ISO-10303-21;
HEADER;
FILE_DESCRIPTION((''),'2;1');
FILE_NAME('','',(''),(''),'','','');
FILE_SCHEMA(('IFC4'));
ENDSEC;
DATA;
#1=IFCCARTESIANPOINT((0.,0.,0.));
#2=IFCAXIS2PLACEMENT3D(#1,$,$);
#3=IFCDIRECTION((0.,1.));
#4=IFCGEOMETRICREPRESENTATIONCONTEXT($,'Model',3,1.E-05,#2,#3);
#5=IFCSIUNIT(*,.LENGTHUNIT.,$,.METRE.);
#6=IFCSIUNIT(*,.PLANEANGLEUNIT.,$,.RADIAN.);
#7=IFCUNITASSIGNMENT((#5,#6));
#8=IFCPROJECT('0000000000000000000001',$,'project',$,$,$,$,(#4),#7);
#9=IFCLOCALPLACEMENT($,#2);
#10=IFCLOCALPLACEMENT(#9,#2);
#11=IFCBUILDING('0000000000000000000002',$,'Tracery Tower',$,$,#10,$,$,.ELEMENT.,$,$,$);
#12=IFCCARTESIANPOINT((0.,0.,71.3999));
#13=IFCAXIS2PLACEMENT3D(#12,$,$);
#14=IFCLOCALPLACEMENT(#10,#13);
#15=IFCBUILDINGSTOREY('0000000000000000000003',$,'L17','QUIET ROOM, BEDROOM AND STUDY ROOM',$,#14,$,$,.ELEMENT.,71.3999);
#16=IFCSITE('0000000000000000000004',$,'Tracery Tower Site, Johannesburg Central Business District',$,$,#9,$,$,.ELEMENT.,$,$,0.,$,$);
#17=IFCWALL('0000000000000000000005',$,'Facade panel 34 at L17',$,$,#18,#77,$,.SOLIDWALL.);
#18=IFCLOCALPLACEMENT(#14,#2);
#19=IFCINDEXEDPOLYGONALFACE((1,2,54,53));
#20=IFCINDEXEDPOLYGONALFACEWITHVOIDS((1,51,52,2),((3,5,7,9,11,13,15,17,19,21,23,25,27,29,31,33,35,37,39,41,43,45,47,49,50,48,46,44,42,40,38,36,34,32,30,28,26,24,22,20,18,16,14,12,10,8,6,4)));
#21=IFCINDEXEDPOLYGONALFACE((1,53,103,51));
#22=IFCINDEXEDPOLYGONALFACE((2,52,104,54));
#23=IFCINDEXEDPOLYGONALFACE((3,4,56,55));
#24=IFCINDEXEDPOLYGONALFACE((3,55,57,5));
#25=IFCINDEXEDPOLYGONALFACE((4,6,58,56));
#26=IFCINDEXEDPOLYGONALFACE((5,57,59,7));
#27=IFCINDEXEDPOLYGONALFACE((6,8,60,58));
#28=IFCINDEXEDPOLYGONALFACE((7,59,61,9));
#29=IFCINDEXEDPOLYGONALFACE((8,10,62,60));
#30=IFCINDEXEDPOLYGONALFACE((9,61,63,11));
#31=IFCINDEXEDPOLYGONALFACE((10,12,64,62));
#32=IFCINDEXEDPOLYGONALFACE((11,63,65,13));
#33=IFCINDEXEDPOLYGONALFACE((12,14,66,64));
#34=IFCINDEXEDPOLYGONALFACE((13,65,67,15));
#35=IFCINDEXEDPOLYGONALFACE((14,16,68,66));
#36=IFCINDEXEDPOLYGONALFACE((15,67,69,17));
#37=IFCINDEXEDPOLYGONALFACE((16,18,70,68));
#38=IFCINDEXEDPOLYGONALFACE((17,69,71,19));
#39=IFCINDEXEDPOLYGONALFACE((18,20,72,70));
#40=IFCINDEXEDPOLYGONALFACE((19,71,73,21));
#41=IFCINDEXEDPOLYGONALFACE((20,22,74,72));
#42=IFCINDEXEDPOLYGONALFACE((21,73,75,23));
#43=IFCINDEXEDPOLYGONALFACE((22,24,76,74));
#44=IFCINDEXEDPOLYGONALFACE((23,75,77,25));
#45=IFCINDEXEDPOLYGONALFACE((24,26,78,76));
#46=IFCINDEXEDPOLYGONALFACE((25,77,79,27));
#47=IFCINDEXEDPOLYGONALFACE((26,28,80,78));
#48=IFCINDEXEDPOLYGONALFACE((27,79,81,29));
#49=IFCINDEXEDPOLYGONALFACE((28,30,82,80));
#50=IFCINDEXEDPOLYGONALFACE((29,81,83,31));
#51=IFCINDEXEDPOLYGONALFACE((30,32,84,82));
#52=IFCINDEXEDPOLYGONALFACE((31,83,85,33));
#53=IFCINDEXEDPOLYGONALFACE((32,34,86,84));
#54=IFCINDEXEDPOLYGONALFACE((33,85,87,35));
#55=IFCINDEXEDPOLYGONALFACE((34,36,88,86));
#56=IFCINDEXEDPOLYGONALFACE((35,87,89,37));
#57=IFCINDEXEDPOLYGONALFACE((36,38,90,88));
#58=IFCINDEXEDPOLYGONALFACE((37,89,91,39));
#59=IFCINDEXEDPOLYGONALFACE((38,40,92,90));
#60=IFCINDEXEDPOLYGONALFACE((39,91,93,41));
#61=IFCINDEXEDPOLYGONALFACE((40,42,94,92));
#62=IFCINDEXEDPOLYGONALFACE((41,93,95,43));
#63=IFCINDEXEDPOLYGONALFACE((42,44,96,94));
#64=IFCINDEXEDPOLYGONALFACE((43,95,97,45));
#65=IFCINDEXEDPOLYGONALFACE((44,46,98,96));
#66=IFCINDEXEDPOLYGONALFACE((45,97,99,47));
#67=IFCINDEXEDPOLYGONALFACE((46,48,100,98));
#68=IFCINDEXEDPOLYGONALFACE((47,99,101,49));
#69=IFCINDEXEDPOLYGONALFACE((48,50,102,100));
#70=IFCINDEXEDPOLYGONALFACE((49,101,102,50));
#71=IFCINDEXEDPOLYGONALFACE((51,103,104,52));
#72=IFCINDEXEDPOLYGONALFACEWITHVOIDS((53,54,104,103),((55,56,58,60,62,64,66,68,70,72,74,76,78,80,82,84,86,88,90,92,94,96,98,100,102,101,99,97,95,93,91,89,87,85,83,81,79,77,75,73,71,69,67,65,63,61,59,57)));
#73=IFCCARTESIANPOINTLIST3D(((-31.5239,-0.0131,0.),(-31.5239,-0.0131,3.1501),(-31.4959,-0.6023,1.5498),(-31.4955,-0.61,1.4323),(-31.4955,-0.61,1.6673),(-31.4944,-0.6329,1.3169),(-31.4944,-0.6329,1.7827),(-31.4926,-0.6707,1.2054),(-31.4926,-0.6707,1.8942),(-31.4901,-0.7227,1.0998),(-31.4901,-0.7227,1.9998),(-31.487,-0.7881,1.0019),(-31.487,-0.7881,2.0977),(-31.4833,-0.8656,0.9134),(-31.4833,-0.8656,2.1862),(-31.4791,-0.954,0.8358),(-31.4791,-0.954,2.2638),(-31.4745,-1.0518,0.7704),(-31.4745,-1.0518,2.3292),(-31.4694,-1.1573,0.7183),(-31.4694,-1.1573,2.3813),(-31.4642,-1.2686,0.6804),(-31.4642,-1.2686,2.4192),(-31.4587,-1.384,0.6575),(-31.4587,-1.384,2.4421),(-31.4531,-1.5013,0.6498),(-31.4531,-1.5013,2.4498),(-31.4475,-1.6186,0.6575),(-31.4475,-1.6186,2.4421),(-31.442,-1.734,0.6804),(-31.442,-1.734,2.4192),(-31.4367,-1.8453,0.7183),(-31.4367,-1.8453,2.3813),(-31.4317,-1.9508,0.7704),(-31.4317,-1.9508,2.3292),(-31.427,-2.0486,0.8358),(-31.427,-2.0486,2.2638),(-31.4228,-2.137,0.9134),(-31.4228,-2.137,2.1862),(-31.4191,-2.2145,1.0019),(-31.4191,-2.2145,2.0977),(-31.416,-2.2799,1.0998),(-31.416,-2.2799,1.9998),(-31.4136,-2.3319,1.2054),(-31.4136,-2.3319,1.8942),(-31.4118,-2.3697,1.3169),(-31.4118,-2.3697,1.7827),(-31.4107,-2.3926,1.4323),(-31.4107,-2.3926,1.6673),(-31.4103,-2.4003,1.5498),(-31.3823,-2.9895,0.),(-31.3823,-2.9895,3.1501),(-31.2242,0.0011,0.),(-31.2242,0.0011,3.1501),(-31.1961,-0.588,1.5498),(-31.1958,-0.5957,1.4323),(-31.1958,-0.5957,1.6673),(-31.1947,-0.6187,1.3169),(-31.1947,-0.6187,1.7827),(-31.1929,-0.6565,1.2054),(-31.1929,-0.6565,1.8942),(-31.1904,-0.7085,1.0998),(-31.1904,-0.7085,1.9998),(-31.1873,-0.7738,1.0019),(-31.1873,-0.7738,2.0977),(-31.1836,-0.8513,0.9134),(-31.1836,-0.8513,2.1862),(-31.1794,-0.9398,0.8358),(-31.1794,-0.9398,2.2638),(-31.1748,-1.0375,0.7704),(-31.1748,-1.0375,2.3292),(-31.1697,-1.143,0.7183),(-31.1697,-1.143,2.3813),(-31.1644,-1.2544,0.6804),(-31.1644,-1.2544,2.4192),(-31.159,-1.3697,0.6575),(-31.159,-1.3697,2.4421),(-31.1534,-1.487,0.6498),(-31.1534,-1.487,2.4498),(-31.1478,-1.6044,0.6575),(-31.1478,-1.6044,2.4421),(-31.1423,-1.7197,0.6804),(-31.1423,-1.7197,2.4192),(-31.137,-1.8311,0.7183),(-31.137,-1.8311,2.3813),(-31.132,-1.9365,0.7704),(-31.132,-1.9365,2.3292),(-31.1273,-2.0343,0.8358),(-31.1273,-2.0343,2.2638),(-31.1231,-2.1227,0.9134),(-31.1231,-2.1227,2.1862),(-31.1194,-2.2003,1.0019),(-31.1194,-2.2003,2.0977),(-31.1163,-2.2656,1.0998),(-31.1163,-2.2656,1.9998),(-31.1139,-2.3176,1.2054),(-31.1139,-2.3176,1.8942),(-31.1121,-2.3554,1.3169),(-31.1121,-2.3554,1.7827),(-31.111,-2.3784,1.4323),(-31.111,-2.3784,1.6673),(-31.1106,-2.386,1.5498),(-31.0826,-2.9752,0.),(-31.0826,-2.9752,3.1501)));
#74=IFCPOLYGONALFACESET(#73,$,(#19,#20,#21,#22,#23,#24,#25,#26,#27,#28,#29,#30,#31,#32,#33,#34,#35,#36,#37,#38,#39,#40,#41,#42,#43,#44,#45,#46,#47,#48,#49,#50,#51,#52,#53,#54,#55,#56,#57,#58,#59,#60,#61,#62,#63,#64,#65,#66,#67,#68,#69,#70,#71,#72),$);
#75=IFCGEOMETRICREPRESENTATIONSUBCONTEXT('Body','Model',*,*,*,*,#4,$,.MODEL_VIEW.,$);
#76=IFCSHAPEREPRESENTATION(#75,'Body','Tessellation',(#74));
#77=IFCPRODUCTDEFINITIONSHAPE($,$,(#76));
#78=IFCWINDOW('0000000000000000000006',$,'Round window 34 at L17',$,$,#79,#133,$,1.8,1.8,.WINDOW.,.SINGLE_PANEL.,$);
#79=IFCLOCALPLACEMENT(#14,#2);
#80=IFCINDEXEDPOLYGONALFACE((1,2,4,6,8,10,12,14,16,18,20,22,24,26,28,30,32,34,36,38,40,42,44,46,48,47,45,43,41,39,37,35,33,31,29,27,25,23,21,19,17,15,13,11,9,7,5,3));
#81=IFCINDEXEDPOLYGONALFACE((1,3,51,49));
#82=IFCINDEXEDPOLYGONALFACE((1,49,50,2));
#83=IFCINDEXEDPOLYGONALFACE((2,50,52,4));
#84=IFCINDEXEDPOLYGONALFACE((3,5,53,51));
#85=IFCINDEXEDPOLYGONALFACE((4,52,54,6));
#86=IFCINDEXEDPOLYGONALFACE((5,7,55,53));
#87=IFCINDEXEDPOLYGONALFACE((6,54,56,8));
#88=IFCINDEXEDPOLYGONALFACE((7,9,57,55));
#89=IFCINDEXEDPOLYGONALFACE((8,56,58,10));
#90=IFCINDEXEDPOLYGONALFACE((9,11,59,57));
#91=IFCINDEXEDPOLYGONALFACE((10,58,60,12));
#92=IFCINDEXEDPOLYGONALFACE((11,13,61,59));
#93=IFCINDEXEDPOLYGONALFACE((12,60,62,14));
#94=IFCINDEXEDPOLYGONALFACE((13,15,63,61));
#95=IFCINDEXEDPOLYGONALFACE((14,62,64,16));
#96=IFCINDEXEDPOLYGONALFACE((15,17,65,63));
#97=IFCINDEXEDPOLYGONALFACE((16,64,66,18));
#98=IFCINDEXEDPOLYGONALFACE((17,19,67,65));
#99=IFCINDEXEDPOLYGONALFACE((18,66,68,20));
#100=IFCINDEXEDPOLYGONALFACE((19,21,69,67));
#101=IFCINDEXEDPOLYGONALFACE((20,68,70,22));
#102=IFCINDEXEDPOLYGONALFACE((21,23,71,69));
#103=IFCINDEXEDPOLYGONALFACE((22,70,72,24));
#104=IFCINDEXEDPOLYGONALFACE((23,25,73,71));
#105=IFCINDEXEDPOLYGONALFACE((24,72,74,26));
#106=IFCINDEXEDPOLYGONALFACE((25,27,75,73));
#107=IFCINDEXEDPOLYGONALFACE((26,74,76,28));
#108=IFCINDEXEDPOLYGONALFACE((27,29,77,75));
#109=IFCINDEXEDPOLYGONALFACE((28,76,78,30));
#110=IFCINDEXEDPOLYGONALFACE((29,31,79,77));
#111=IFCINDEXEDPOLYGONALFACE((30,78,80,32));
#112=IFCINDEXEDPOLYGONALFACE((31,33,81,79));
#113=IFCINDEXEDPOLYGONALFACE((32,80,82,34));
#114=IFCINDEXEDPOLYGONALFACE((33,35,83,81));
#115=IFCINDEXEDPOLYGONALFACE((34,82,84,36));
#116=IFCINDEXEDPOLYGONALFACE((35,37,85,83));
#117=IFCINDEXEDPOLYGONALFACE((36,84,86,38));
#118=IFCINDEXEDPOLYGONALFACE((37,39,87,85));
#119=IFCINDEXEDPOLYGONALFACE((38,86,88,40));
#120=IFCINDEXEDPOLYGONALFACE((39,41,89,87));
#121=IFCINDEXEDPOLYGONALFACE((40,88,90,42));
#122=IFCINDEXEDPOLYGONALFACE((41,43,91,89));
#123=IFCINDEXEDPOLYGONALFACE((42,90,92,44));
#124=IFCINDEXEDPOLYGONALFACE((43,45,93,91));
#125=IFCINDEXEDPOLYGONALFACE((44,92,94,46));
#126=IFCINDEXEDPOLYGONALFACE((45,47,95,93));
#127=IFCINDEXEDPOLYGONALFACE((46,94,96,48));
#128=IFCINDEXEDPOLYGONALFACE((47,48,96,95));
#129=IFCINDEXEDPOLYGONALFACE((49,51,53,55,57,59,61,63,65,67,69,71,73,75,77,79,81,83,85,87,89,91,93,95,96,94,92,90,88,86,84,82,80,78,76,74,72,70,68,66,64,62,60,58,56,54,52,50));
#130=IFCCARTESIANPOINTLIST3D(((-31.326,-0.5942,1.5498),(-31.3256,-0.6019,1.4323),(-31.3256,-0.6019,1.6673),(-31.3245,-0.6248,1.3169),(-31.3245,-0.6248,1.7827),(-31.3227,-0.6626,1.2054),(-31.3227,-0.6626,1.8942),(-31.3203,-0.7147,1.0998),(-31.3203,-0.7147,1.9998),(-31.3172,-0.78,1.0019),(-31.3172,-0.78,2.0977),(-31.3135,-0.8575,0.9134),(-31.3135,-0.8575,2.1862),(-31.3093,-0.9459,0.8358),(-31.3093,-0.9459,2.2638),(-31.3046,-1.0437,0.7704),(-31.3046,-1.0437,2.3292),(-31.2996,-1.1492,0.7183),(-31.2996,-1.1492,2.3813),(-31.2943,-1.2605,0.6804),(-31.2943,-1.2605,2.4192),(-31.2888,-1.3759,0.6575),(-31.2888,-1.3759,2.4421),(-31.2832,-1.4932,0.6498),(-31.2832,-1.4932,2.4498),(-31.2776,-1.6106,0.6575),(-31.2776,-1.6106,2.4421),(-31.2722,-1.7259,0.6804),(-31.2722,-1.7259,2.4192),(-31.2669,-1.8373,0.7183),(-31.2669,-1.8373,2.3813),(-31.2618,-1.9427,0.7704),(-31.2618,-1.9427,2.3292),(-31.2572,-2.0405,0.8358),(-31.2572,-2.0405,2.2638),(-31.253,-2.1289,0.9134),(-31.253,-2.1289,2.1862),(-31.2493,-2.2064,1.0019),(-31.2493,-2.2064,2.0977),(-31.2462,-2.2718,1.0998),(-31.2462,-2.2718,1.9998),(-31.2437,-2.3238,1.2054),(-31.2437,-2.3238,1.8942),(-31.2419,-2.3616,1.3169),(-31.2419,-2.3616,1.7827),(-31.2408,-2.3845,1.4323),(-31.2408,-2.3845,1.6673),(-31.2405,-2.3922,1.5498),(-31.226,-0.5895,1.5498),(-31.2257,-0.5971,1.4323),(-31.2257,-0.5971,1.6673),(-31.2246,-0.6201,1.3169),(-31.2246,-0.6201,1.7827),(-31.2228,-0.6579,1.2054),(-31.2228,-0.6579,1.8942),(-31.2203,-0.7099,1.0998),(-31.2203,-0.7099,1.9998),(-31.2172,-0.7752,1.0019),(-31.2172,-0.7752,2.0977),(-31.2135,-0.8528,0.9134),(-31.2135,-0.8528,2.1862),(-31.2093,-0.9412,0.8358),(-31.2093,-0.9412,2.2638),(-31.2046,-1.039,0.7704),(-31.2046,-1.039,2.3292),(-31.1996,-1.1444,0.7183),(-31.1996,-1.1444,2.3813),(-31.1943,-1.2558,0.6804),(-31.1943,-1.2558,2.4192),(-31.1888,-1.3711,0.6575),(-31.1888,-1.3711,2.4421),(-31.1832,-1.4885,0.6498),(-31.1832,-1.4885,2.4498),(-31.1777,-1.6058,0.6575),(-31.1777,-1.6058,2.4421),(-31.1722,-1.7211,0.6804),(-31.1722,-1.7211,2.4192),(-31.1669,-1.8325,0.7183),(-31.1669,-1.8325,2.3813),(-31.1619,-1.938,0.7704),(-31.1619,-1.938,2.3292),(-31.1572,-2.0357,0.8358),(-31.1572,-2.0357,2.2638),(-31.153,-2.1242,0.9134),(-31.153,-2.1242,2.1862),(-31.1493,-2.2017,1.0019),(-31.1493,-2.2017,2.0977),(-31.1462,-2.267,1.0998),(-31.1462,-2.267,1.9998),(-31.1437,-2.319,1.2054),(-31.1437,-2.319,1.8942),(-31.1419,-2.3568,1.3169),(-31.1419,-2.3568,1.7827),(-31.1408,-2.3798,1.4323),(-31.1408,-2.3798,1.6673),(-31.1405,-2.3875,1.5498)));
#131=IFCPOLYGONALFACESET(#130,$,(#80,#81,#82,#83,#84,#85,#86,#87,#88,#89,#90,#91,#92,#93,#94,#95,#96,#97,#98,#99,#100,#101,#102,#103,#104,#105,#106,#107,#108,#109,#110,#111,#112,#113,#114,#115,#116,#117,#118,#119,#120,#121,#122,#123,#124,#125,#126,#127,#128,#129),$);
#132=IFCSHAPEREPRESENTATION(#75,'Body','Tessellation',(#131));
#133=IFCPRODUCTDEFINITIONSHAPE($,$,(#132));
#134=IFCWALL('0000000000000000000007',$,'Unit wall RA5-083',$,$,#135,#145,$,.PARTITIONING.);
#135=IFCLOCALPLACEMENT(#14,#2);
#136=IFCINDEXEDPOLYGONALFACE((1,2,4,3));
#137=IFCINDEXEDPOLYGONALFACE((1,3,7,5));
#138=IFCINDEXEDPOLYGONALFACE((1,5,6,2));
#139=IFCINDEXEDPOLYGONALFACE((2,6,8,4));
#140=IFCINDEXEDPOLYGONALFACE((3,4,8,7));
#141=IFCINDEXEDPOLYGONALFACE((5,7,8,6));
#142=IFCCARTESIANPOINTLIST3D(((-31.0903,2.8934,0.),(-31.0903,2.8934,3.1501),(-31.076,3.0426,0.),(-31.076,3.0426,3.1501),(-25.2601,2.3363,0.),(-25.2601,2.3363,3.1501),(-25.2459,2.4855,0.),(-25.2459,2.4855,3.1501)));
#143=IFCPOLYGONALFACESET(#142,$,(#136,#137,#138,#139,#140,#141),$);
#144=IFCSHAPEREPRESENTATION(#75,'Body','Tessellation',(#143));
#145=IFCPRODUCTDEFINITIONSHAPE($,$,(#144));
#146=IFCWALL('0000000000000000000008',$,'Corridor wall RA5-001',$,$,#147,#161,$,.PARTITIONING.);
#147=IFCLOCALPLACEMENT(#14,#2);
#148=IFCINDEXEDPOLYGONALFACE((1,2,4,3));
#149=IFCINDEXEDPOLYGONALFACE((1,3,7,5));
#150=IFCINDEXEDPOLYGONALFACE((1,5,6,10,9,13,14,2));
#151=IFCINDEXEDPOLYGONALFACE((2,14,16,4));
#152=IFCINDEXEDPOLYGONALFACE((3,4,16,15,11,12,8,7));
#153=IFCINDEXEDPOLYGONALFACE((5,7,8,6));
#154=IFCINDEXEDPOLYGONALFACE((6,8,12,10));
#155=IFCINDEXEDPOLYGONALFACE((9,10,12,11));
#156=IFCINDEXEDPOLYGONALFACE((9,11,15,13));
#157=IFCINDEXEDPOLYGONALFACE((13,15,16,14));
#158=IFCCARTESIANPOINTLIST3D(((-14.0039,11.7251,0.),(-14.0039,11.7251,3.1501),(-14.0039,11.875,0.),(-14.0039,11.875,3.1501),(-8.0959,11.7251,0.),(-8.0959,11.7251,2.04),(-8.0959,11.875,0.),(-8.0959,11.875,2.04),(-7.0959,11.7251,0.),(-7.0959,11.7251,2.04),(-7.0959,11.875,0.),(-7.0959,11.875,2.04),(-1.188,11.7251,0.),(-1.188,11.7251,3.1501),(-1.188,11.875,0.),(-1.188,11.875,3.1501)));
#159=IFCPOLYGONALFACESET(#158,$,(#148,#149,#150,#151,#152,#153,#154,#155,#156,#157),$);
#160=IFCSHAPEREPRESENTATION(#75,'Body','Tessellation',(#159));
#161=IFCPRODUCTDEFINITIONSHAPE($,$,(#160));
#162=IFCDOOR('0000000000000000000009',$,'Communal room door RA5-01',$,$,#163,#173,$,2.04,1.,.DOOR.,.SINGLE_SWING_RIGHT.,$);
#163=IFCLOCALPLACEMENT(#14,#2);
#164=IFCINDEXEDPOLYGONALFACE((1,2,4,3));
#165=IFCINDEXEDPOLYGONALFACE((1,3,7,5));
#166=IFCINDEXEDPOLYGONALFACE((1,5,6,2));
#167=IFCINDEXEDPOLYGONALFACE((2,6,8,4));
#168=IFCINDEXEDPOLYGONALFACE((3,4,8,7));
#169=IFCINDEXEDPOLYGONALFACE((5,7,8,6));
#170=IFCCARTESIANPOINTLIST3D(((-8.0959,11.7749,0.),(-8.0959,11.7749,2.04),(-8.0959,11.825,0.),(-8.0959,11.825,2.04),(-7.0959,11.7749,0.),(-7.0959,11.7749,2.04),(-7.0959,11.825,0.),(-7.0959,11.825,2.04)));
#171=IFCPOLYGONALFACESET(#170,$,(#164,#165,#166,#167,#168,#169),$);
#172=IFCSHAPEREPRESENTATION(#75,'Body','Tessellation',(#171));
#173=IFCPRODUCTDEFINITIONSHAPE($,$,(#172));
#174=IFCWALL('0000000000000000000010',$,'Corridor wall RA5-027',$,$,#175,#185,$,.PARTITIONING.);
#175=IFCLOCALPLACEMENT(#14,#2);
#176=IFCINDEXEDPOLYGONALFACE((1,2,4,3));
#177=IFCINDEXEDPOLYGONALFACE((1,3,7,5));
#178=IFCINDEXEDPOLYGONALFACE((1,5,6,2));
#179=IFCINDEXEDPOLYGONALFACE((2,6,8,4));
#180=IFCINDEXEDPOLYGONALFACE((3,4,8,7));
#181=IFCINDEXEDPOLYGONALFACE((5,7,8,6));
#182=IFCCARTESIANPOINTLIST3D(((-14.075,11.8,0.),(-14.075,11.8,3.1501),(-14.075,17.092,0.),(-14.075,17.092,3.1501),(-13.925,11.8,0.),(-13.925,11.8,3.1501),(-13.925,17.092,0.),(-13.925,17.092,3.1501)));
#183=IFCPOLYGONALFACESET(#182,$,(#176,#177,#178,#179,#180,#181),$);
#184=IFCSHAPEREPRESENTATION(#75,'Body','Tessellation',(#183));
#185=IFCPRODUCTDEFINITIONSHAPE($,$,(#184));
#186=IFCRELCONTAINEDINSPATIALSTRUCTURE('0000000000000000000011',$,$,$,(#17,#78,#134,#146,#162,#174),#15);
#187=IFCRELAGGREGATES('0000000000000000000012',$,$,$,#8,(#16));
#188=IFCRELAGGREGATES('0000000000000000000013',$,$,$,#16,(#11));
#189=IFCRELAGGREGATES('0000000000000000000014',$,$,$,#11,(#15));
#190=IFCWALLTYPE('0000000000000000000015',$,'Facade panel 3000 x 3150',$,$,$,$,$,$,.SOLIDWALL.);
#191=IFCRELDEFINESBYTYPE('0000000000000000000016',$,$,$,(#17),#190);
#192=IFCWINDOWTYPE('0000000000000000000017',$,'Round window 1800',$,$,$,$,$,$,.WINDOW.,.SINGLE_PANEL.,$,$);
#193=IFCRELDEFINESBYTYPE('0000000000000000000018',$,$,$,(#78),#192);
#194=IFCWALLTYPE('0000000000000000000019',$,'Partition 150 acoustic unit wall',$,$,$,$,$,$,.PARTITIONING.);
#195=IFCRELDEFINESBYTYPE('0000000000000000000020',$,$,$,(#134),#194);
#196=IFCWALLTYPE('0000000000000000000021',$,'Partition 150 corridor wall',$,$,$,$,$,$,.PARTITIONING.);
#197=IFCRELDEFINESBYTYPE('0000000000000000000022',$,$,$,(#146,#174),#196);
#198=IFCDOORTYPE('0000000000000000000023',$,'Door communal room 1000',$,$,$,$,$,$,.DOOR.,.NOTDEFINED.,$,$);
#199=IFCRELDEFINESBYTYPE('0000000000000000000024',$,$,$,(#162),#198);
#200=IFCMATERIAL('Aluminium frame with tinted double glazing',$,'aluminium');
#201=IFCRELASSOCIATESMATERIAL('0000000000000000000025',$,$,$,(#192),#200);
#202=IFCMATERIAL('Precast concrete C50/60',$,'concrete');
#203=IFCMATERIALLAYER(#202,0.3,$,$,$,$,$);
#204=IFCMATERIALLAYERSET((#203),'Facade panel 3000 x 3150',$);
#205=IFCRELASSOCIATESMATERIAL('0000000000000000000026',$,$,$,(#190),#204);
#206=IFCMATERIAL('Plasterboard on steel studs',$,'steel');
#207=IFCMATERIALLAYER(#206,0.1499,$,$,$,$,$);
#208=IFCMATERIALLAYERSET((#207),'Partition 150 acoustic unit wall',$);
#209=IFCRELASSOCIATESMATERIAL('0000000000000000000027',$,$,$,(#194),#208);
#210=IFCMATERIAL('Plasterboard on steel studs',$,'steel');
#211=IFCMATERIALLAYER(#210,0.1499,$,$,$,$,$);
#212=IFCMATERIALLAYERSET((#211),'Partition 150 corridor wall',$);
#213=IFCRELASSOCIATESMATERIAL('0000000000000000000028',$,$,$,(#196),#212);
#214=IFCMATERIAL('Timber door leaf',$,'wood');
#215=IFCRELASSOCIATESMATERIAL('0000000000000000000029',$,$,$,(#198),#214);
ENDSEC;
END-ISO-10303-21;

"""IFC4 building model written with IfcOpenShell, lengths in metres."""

from ifc_helpers import new_model, si_unit, direction, frame, frame_2d, origin, origin_2d, place, context, subcontext, project, spatial, rectangle, circle, extrude, material, layer, layer_set, type_object, element, fill, save


model = new_model("IFC4")

# Units and contexts
model_context = context("Model", 3, precision=1e-05, world=origin(), true_north=direction((0.0, 1.0)))
body_context = subcontext(model_context, "Body", "Model", "MODEL_VIEW")
ifc_project = project(units=[si_unit("LENGTHUNIT", "METRE"), si_unit("PLANEANGLEUNIT", "RADIAN")], contexts=[model_context])

# Site, building, storey
site_placement = place(None, origin())
site = spatial("IfcSite", under=ifc_project, at=site_placement, Name="Tracery Tower Site, Johannesburg Central Business District", CompositionType="ELEMENT", RefElevation=0.0)
building_placement = place(site_placement, origin())
building = spatial("IfcBuilding", under=site, at=building_placement, Name="Tracery Tower", CompositionType="ELEMENT")
storey_placement = place(building_placement, frame((0.0, 0.0, 71.3999)))
storey = spatial("IfcBuildingStorey", under=building, at=storey_placement, Name="L17", Description="QUIET ROOM, BEDROOM AND STUDY ROOM", CompositionType="ELEMENT", Elevation=71.3999)

# Wall, opening, window
ifc_material_1 = material(Name="Aluminium frame with tinted double glazing", Category="aluminium")
window_type = type_object("IfcWindowType", Name="Round window 1800", PartitioningType="SINGLE_PANEL", PredefinedType="WINDOW", material=ifc_material_1)
ifc_material_2 = material(Name="Precast concrete C50/60", Category="concrete")
ifc_layer_1 = layer(ifc_material_2, 0.3)
ifc_layer_set_1 = layer_set([ifc_layer_1], Name="Facade panel 3000 x 3150")
wall_type_1 = type_object("IfcWallType", Name="Facade panel 3000 x 3150", PredefinedType="SOLIDWALL", material=ifc_layer_set_1)
wall_1_placement = place(storey_placement, frame((-31.374, -0.0061, 0.0), z_axis=(0.0, 0.0, 1.0), x_axis=(0.047522, -0.99887, 0.0)))
wall_1 = element("IfcWall", 1, at=wall_1_placement, inside=storey, type_object=wall_type_1, Name="Facade panel 34 at L17", PredefinedType="SOLIDWALL", context=body_context, shape_type="SweptSolid", body=[
    extrude(rectangle(XDim=2.9797, YDim=0.3, at=frame_2d((1.4897, 0.0))), origin(), (0.0, 0.0, 1.0), 3.1501),
])
opening_1_placement = place(wall_1_placement, frame((1.4897, 0.0, 1.5498)))
opening_1 = element("IfcOpeningElement", 2, at=opening_1_placement, cuts=wall_1, PredefinedType="OPENING", context=body_context, shape_type="SweptSolid", body=[
    extrude(circle(Radius=0.9, at=origin_2d()), frame((0.0, 0.1599, 0.0), z_axis=(0.0, -1.0, 0.0), x_axis=(1.0, 0.0, 0.0)), (0.0, 0.0, 1.0), 0.3201),
])
window_1_placement = place(opening_1_placement, origin())
window_1 = element("IfcWindow", 3, at=window_1_placement, inside=storey, type_object=window_type, Name="Round window 34 at L17", OverallHeight=1.8, OverallWidth=1.8, PartitioningType="SINGLE_PANEL", PredefinedType="WINDOW", context=body_context, shape_type="SweptSolid", body=[
    extrude(circle(Radius=0.9, at=origin_2d()), frame((0.0, 0.1201, 0.0), z_axis=(0.0, -1.0, 0.0), x_axis=(1.0, 0.0, 0.0)), (0.0, 0.0, 1.0), 0.1001),
])
fill(opening_1, window_1)

# Wall
ifc_material_3 = material(Name="Plasterboard on steel studs", Category="steel")
ifc_layer_2 = layer(ifc_material_3, 0.1499)
ifc_layer_set_2 = layer_set([ifc_layer_2], Name="Partition 150 acoustic unit wall")
wall_type_2 = type_object("IfcWallType", Name="Partition 150 acoustic unit wall", PredefinedType="PARTITIONING", material=ifc_layer_set_2)
wall_2_placement = place(storey_placement, frame((-31.083, 2.968, 0.0), z_axis=(0.0, 0.0, 1.0), x_axis=(0.995465, -0.095128, 0.0)))
element("IfcWall", 4, at=wall_2_placement, inside=storey, type_object=wall_type_2, Name="Unit wall RA5-083", PredefinedType="PARTITIONING", context=body_context, shape_type="SweptSolid", body=[
    extrude(rectangle(XDim=5.8567, YDim=0.1499, at=frame_2d((2.9282, 0.0))), origin(), (0.0, 0.0, 1.0), 3.1501),
])

# Wall, opening, door
ifc_material_4 = material(Name="Plasterboard on steel studs", Category="steel")
ifc_layer_3 = layer(ifc_material_4, 0.1499)
ifc_layer_set_3 = layer_set([ifc_layer_3], Name="Partition 150 corridor wall")
wall_type_3 = type_object("IfcWallType", Name="Partition 150 corridor wall", PredefinedType="PARTITIONING", material=ifc_layer_set_3)
wall_3_placement = place(storey_placement, frame((-14.0039, 11.8, 0.0), z_axis=(0.0, 0.0, 1.0), x_axis=(1.0, 0.0, 0.0)))
wall_3 = element("IfcWall", 5, at=wall_3_placement, inside=storey, type_object=wall_type_3, Name="Corridor wall RA5-001", PredefinedType="PARTITIONING", context=body_context, shape_type="SweptSolid", body=[
    extrude(rectangle(XDim=12.8159, YDim=0.1499, at=frame_2d((6.408, 0.0))), origin(), (0.0, 0.0, 1.0), 3.1501),
])
opening_2_placement = place(wall_3_placement, frame((5.908, 0.0, 0.0)))
opening_2 = element("IfcOpeningElement", 6, at=opening_2_placement, cuts=wall_3, PredefinedType="OPENING", context=body_context, shape_type="SweptSolid", body=[
    extrude(rectangle(XDim=1.0, YDim=2.04, at=frame_2d((0.5, 1.02))), frame((0.0, 0.075, 0.0), z_axis=(0.0, -1.0, 0.0), x_axis=(1.0, 0.0, 0.0)), (0.0, 0.0, 1.0), 0.1499),
])
ifc_material_5 = material(Name="Timber door leaf", Category="wood")
door_type_1 = type_object("IfcDoorType", Name="Door communal room 1000", OperationType="NOTDEFINED", PredefinedType="DOOR", material=ifc_material_5)
door_1_placement = place(opening_2_placement, origin())
door_1 = element("IfcDoor", 7, at=door_1_placement, inside=storey, type_object=door_type_1, Name="Communal room door RA5-01", OperationType="SINGLE_SWING_RIGHT", OverallHeight=2.04, OverallWidth=1.0, PredefinedType="DOOR", context=body_context, shape_type="SweptSolid", body=[
    extrude(rectangle(XDim=1.0, YDim=2.04, at=frame_2d((0.5, 1.02))), frame((0.0, 0.0249, 0.0), z_axis=(0.0, -1.0, 0.0), x_axis=(1.0, 0.0, 0.0)), (0.0, 0.0, 1.0), 0.05),
])
fill(opening_2, door_1)

# Wall
wall_4_placement = place(storey_placement, frame((-14.0, 11.8, 0.0), z_axis=(0.0, 0.0, 1.0), x_axis=(0.0, 1.0, 0.0)))
element("IfcWall", 8, at=wall_4_placement, inside=storey, type_object=wall_type_3, Name="Corridor wall RA5-027", PredefinedType="PARTITIONING", context=body_context, shape_type="SweptSolid", body=[
    extrude(rectangle(XDim=5.292, YDim=0.1499, at=frame_2d((2.646, 0.0))), origin(), (0.0, 0.0, 1.0), 3.1501),
])

save(model, "model.ifc")
